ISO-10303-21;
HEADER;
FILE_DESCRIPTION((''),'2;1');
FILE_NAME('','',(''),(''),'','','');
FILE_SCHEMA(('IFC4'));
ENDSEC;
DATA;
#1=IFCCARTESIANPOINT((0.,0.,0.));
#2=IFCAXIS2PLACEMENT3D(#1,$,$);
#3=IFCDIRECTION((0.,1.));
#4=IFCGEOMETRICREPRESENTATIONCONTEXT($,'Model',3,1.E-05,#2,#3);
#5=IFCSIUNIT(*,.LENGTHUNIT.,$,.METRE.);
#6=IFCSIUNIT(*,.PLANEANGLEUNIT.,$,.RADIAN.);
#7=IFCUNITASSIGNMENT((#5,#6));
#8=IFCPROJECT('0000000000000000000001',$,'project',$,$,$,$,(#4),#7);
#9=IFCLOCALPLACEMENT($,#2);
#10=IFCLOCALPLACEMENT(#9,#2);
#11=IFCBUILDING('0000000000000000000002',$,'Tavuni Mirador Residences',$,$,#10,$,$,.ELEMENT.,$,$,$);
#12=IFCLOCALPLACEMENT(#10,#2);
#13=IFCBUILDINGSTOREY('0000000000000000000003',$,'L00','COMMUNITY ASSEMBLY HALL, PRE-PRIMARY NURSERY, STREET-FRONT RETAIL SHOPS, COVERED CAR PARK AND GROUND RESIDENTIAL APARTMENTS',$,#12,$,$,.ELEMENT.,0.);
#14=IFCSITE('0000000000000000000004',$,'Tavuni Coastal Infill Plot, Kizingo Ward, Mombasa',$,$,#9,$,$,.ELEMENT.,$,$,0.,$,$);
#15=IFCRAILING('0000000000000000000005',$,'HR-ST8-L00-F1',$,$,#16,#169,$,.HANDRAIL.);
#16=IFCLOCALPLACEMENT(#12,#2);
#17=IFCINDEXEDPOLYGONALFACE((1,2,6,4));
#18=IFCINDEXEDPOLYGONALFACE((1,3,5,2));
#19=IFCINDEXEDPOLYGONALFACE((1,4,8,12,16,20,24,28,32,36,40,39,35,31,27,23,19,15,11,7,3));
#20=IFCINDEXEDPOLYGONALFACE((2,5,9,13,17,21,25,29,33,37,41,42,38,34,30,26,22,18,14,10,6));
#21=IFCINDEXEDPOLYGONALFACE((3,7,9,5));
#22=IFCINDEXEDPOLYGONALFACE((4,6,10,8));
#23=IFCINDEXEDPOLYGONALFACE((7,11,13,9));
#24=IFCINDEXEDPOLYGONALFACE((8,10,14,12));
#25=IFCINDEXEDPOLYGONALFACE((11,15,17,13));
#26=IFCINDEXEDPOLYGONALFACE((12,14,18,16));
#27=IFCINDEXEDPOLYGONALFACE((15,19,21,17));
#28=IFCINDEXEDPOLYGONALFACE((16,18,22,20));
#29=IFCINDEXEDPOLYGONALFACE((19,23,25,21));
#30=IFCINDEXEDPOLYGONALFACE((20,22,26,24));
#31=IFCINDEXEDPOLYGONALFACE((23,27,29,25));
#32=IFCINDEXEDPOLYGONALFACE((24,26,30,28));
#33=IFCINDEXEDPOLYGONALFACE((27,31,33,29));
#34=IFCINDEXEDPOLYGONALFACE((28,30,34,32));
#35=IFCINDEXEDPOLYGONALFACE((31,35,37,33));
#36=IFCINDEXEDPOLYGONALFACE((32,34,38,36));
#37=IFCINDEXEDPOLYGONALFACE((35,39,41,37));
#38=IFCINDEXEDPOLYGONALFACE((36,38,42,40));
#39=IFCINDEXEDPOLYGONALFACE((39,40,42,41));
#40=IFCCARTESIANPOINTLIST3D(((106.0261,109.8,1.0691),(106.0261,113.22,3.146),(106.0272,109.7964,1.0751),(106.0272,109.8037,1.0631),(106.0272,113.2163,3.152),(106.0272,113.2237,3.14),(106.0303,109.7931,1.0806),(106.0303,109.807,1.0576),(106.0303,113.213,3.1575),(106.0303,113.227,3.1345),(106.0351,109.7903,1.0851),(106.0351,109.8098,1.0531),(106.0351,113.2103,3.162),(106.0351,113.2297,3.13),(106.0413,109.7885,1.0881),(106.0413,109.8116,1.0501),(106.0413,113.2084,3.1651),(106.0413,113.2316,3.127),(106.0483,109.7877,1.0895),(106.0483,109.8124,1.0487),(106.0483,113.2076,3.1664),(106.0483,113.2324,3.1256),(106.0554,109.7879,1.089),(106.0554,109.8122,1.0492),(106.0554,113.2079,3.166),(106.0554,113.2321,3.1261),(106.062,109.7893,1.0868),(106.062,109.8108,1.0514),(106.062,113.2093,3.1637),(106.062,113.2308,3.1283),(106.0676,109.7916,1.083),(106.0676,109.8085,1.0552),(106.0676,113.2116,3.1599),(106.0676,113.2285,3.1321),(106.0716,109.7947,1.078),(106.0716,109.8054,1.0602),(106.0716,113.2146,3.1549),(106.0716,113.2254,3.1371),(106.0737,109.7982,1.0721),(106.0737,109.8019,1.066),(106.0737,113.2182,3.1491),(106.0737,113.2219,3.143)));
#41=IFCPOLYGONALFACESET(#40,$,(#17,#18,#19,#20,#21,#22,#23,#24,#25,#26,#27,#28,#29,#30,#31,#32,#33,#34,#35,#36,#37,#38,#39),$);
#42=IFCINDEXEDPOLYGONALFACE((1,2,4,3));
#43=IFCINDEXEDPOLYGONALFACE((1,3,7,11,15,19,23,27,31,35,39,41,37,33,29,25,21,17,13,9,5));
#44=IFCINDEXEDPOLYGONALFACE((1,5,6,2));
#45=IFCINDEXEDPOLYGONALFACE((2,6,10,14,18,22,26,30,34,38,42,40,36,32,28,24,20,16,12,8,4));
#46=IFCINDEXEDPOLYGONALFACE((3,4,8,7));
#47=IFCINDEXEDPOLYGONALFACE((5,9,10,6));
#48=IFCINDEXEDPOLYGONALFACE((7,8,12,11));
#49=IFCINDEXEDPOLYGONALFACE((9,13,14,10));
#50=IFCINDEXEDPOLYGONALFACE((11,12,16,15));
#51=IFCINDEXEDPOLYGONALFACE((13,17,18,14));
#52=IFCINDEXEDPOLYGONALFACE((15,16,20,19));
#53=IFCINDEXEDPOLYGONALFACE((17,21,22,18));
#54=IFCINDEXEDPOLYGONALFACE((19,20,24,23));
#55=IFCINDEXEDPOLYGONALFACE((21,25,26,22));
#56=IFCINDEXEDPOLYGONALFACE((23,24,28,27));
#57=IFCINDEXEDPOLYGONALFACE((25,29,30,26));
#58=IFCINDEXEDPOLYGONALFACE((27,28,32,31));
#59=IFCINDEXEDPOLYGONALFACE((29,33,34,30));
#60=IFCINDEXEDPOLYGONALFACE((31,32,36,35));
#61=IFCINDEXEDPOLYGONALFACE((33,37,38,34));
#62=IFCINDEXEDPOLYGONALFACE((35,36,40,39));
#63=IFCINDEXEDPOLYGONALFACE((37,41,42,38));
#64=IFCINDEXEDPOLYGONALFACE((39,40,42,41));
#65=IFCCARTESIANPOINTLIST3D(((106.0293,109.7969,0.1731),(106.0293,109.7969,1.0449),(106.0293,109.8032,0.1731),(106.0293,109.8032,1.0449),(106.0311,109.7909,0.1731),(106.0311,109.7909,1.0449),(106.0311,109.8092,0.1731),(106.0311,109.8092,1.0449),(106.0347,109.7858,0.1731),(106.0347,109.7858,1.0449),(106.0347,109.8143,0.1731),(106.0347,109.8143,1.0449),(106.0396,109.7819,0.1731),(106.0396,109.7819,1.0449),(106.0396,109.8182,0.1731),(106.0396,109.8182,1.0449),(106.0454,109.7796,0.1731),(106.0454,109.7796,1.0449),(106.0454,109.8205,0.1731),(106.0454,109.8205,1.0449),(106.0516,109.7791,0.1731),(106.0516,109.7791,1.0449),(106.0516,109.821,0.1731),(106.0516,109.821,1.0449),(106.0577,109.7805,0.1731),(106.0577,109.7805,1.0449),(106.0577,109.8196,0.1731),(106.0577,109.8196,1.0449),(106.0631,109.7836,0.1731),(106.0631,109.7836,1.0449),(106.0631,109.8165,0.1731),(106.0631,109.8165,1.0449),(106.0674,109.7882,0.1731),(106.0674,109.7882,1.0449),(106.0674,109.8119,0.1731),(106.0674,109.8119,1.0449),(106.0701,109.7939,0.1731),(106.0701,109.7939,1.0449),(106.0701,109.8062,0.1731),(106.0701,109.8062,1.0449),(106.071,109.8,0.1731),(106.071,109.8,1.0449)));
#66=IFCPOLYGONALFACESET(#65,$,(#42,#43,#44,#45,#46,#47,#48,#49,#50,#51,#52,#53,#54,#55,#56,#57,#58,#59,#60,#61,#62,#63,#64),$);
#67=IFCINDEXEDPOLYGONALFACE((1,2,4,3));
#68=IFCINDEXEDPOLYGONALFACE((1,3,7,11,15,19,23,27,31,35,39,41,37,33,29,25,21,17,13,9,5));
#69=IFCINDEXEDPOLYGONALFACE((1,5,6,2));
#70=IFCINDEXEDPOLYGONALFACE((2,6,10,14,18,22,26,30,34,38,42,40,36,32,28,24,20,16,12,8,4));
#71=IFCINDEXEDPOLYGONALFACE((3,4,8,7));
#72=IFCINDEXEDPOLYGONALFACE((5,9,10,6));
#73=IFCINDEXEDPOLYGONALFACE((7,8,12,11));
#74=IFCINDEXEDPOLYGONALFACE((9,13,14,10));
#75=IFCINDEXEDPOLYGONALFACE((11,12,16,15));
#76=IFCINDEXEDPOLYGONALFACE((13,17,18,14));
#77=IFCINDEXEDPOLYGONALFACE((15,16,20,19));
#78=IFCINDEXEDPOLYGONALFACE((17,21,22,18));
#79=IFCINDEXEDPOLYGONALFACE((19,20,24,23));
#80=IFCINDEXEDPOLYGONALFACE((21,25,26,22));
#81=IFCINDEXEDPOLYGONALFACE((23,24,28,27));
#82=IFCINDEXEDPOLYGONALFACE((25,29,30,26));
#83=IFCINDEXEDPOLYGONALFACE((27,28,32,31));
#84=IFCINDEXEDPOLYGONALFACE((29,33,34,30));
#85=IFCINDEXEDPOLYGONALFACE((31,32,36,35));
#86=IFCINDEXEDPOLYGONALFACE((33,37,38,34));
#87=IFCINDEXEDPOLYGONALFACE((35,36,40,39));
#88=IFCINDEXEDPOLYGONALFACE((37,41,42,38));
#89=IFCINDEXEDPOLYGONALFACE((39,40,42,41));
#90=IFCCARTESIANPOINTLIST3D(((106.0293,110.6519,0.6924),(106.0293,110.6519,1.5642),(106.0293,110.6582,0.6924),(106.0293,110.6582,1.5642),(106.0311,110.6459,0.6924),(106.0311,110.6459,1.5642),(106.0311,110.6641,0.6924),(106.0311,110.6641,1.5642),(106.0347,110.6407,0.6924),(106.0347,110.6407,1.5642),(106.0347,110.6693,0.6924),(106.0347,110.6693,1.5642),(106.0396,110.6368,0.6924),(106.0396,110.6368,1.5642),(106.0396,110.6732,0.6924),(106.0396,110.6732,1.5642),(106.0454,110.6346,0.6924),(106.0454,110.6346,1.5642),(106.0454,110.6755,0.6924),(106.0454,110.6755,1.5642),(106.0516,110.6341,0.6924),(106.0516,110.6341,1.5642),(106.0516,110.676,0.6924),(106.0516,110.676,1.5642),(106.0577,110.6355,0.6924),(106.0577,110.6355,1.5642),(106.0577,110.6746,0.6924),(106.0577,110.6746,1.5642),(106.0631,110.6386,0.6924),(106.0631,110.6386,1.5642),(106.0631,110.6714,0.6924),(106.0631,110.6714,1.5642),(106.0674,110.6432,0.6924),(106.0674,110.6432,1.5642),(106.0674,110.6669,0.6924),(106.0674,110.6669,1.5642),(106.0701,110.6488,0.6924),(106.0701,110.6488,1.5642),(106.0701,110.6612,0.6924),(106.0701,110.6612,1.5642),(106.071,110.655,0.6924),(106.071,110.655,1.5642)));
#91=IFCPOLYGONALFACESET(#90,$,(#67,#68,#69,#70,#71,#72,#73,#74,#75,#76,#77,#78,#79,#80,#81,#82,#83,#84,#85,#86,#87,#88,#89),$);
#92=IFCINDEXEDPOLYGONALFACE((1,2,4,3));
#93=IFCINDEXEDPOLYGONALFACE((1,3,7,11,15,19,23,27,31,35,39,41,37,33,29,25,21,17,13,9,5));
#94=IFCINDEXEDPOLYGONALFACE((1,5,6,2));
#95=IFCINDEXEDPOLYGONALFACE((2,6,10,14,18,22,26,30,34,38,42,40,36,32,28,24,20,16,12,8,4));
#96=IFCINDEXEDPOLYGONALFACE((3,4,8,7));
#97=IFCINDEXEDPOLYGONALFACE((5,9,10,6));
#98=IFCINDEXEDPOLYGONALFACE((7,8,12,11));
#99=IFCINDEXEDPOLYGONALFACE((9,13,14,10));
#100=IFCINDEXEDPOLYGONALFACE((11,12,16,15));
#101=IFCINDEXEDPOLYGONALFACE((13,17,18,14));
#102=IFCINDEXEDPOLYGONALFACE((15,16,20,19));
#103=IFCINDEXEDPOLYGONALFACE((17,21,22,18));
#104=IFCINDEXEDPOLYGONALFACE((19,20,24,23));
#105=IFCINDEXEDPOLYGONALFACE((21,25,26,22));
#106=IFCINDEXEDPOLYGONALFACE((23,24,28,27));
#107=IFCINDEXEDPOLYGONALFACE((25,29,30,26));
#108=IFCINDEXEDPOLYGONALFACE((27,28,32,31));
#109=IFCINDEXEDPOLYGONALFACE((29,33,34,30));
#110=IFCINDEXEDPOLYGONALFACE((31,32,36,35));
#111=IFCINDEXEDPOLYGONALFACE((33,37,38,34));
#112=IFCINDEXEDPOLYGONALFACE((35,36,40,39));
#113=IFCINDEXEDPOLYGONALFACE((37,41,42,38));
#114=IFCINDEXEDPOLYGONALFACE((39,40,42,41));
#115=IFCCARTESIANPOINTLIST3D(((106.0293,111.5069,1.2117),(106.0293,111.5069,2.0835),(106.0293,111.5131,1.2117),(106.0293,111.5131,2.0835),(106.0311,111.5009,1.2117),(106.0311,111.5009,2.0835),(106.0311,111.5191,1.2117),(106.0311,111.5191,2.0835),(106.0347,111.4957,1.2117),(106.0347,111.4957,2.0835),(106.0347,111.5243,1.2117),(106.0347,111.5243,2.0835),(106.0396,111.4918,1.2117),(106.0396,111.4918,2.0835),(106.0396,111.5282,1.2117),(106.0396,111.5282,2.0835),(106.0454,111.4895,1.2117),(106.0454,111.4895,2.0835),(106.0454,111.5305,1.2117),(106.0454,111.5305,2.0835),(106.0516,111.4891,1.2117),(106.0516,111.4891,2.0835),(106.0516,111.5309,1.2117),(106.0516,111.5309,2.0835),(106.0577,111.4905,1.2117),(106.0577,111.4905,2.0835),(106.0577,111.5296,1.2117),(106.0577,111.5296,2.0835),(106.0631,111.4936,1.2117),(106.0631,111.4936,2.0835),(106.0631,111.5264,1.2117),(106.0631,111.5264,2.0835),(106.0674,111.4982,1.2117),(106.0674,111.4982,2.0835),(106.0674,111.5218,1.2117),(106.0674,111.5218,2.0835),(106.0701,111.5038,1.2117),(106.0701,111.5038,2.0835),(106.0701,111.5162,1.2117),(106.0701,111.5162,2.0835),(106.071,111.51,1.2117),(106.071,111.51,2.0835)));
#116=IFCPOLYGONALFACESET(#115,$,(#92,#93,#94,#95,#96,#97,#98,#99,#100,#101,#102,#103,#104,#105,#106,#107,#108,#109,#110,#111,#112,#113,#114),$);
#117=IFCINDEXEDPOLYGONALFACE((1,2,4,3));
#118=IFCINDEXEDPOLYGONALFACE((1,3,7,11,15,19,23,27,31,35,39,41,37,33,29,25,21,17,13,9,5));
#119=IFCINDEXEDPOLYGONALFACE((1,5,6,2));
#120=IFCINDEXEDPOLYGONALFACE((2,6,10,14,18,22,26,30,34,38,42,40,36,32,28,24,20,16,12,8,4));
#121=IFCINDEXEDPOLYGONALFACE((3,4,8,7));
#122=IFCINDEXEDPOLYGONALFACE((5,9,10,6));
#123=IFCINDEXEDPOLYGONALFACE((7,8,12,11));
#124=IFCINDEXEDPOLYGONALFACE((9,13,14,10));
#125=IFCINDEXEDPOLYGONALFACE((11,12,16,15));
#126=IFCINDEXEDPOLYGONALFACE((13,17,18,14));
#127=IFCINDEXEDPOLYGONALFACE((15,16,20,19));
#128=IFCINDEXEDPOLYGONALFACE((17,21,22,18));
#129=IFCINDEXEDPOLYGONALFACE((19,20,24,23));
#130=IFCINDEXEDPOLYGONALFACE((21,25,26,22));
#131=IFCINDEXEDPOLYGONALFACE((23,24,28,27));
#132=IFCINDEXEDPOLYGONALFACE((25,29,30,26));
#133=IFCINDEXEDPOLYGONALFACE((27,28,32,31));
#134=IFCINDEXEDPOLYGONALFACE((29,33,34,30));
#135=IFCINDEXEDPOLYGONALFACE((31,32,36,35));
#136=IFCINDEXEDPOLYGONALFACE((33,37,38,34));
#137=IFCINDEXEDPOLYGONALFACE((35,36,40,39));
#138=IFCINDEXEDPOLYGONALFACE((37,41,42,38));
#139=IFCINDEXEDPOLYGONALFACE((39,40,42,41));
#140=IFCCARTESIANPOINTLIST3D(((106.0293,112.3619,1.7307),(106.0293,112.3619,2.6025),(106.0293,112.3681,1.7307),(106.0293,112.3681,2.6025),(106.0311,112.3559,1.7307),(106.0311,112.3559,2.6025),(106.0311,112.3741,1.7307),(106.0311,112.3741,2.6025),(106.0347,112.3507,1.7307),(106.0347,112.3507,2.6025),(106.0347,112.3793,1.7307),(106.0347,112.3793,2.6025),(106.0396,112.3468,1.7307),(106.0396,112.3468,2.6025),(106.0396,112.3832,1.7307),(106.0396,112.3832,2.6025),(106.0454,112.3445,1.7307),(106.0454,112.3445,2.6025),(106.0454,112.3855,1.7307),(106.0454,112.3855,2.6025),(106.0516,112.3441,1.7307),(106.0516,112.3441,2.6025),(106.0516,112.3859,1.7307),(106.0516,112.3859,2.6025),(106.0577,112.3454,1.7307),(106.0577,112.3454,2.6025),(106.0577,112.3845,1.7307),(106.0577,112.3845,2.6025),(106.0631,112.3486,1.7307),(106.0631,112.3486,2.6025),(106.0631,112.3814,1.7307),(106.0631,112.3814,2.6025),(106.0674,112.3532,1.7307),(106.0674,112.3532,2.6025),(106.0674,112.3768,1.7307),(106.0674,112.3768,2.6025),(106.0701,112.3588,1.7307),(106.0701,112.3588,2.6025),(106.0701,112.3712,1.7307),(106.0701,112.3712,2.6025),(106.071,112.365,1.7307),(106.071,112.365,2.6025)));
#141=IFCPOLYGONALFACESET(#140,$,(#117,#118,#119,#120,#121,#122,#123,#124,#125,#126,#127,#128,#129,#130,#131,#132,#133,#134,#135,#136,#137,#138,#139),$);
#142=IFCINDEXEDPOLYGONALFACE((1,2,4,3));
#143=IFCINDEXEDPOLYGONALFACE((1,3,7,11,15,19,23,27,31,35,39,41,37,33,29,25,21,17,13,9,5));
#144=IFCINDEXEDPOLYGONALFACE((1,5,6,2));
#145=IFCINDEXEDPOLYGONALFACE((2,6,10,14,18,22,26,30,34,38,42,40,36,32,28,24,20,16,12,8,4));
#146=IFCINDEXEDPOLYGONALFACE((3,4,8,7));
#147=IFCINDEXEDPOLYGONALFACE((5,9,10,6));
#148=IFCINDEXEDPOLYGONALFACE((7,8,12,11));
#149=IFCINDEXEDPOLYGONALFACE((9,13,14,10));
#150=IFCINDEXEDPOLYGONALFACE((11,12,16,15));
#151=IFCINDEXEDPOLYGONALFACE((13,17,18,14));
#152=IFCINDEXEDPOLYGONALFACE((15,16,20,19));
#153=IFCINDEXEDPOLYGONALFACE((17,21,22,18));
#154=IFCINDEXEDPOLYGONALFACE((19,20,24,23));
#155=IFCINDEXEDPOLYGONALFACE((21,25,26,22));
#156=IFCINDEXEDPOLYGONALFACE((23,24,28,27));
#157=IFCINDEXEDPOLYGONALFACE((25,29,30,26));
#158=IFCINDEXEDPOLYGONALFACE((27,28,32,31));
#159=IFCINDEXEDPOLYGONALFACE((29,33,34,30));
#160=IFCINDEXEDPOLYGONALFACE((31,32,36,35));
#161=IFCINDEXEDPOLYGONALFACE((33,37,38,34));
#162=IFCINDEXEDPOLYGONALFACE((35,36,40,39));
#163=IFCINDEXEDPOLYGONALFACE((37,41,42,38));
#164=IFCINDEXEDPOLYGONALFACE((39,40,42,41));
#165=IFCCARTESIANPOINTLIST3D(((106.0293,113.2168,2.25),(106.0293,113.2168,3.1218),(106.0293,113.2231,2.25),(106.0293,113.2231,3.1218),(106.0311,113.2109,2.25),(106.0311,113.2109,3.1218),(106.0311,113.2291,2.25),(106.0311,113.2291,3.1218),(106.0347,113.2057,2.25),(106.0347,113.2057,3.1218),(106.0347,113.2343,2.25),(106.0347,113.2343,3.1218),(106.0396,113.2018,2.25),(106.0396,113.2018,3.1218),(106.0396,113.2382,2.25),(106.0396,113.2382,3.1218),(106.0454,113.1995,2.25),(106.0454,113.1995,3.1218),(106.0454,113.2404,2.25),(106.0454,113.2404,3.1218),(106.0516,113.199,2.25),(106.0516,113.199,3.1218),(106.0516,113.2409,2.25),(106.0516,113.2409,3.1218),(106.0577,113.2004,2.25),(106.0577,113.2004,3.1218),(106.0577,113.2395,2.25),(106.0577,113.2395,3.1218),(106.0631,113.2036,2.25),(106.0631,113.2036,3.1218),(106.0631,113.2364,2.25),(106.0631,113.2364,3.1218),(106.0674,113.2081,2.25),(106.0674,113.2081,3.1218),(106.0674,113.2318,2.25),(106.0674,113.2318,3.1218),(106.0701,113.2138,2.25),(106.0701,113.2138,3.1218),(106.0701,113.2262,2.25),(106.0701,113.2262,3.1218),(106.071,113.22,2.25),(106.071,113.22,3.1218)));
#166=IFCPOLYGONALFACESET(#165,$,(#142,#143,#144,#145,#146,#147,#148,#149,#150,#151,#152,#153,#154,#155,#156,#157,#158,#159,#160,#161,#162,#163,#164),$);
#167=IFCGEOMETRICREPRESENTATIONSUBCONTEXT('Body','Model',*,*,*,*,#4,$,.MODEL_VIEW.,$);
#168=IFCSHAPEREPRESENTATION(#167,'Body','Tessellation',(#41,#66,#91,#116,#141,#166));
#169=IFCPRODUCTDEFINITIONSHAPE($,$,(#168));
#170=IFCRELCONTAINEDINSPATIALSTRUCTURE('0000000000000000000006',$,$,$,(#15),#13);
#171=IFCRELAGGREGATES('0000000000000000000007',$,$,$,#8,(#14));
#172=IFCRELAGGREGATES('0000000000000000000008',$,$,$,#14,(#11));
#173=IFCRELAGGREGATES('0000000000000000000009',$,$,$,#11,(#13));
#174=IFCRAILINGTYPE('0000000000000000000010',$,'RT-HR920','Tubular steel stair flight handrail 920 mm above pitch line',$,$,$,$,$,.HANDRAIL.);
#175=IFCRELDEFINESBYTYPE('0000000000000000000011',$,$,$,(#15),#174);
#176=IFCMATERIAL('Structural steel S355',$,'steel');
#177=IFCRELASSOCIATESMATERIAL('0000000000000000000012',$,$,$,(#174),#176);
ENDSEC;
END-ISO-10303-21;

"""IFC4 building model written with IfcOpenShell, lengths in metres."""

from ifc_helpers import new_model, si_unit, direction, frame, origin, origin_2d, place, context, subcontext, project, spatial, circle, extrude, material, type_object, element, save


model = new_model("IFC4")

# Units and contexts
model_context = context("Model", 3, precision=1e-05, world=origin(), true_north=direction((0.0, 1.0)))
body_context = subcontext(model_context, "Body", "Model", "MODEL_VIEW")
ifc_project = project(units=[si_unit("LENGTHUNIT", "METRE"), si_unit("PLANEANGLEUNIT", "RADIAN")], contexts=[model_context])

# Site, building, storey
site_placement = place(None, origin())
site = spatial("IfcSite", under=ifc_project, at=site_placement, Name="Tavuni Coastal Infill Plot, Kizingo Ward, Mombasa", CompositionType="ELEMENT", RefElevation=0.0)
building_placement = place(site_placement, origin())
building = spatial("IfcBuilding", under=site, at=building_placement, Name="Tavuni Mirador Residences", CompositionType="ELEMENT")
storey_placement = place(building_placement, origin())
storey = spatial("IfcBuildingStorey", under=building, at=storey_placement, Name="L00", Description="COMMUNITY ASSEMBLY HALL, PRE-PRIMARY NURSERY, STREET-FRONT RETAIL SHOPS, COVERED CAR PARK AND GROUND RESIDENTIAL APARTMENTS", CompositionType="ELEMENT", Elevation=0.0)

# Shared definitions
ifc_material_1 = material(Name="Structural steel S355", Category="steel")

# Railing
railing_type_1 = type_object("IfcRailingType", Name="RT-HR920", Description="Tubular steel stair flight handrail 920 mm above pitch line", PredefinedType="HANDRAIL", material=ifc_material_1)
railing_1_placement = place(storey_placement, frame((106.05, 109.8, 0.1731)))
element("IfcRailing", 1, at=railing_1_placement, inside=storey, type_object=railing_type_1, Name="HR-ST8-L00-F1", PredefinedType="HANDRAIL", context=body_context, shape_type="SweptSolid", body=[
    extrude(circle(Radius=0.0239, at=origin_2d()), frame((0.0, 0.0, 0.896), z_axis=(0.0, 0.85473, 0.519074), x_axis=(-1.0, 0.0, 0.0)), (0.0, 0.0, 1.0), 4.0012),
    extrude(circle(Radius=0.021, at=origin_2d()), origin(), (0.0, 0.0, 1.0), 0.8718),
    extrude(circle(Radius=0.021, at=origin_2d()), frame((0.0, 0.855, 0.5193)), (0.0, 0.0, 1.0), 0.8718),
    extrude(circle(Radius=0.021, at=origin_2d()), frame((0.0, 1.71, 1.0386)), (0.0, 0.0, 1.0), 0.8718),
    extrude(circle(Radius=0.021, at=origin_2d()), frame((0.0, 2.5649, 1.5576)), (0.0, 0.0, 1.0), 0.8718),
    extrude(circle(Radius=0.021, at=origin_2d()), frame((0.0, 3.4199, 2.0769)), (0.0, 0.0, 1.0), 0.8718),
])

save(model, "model.ifc")
